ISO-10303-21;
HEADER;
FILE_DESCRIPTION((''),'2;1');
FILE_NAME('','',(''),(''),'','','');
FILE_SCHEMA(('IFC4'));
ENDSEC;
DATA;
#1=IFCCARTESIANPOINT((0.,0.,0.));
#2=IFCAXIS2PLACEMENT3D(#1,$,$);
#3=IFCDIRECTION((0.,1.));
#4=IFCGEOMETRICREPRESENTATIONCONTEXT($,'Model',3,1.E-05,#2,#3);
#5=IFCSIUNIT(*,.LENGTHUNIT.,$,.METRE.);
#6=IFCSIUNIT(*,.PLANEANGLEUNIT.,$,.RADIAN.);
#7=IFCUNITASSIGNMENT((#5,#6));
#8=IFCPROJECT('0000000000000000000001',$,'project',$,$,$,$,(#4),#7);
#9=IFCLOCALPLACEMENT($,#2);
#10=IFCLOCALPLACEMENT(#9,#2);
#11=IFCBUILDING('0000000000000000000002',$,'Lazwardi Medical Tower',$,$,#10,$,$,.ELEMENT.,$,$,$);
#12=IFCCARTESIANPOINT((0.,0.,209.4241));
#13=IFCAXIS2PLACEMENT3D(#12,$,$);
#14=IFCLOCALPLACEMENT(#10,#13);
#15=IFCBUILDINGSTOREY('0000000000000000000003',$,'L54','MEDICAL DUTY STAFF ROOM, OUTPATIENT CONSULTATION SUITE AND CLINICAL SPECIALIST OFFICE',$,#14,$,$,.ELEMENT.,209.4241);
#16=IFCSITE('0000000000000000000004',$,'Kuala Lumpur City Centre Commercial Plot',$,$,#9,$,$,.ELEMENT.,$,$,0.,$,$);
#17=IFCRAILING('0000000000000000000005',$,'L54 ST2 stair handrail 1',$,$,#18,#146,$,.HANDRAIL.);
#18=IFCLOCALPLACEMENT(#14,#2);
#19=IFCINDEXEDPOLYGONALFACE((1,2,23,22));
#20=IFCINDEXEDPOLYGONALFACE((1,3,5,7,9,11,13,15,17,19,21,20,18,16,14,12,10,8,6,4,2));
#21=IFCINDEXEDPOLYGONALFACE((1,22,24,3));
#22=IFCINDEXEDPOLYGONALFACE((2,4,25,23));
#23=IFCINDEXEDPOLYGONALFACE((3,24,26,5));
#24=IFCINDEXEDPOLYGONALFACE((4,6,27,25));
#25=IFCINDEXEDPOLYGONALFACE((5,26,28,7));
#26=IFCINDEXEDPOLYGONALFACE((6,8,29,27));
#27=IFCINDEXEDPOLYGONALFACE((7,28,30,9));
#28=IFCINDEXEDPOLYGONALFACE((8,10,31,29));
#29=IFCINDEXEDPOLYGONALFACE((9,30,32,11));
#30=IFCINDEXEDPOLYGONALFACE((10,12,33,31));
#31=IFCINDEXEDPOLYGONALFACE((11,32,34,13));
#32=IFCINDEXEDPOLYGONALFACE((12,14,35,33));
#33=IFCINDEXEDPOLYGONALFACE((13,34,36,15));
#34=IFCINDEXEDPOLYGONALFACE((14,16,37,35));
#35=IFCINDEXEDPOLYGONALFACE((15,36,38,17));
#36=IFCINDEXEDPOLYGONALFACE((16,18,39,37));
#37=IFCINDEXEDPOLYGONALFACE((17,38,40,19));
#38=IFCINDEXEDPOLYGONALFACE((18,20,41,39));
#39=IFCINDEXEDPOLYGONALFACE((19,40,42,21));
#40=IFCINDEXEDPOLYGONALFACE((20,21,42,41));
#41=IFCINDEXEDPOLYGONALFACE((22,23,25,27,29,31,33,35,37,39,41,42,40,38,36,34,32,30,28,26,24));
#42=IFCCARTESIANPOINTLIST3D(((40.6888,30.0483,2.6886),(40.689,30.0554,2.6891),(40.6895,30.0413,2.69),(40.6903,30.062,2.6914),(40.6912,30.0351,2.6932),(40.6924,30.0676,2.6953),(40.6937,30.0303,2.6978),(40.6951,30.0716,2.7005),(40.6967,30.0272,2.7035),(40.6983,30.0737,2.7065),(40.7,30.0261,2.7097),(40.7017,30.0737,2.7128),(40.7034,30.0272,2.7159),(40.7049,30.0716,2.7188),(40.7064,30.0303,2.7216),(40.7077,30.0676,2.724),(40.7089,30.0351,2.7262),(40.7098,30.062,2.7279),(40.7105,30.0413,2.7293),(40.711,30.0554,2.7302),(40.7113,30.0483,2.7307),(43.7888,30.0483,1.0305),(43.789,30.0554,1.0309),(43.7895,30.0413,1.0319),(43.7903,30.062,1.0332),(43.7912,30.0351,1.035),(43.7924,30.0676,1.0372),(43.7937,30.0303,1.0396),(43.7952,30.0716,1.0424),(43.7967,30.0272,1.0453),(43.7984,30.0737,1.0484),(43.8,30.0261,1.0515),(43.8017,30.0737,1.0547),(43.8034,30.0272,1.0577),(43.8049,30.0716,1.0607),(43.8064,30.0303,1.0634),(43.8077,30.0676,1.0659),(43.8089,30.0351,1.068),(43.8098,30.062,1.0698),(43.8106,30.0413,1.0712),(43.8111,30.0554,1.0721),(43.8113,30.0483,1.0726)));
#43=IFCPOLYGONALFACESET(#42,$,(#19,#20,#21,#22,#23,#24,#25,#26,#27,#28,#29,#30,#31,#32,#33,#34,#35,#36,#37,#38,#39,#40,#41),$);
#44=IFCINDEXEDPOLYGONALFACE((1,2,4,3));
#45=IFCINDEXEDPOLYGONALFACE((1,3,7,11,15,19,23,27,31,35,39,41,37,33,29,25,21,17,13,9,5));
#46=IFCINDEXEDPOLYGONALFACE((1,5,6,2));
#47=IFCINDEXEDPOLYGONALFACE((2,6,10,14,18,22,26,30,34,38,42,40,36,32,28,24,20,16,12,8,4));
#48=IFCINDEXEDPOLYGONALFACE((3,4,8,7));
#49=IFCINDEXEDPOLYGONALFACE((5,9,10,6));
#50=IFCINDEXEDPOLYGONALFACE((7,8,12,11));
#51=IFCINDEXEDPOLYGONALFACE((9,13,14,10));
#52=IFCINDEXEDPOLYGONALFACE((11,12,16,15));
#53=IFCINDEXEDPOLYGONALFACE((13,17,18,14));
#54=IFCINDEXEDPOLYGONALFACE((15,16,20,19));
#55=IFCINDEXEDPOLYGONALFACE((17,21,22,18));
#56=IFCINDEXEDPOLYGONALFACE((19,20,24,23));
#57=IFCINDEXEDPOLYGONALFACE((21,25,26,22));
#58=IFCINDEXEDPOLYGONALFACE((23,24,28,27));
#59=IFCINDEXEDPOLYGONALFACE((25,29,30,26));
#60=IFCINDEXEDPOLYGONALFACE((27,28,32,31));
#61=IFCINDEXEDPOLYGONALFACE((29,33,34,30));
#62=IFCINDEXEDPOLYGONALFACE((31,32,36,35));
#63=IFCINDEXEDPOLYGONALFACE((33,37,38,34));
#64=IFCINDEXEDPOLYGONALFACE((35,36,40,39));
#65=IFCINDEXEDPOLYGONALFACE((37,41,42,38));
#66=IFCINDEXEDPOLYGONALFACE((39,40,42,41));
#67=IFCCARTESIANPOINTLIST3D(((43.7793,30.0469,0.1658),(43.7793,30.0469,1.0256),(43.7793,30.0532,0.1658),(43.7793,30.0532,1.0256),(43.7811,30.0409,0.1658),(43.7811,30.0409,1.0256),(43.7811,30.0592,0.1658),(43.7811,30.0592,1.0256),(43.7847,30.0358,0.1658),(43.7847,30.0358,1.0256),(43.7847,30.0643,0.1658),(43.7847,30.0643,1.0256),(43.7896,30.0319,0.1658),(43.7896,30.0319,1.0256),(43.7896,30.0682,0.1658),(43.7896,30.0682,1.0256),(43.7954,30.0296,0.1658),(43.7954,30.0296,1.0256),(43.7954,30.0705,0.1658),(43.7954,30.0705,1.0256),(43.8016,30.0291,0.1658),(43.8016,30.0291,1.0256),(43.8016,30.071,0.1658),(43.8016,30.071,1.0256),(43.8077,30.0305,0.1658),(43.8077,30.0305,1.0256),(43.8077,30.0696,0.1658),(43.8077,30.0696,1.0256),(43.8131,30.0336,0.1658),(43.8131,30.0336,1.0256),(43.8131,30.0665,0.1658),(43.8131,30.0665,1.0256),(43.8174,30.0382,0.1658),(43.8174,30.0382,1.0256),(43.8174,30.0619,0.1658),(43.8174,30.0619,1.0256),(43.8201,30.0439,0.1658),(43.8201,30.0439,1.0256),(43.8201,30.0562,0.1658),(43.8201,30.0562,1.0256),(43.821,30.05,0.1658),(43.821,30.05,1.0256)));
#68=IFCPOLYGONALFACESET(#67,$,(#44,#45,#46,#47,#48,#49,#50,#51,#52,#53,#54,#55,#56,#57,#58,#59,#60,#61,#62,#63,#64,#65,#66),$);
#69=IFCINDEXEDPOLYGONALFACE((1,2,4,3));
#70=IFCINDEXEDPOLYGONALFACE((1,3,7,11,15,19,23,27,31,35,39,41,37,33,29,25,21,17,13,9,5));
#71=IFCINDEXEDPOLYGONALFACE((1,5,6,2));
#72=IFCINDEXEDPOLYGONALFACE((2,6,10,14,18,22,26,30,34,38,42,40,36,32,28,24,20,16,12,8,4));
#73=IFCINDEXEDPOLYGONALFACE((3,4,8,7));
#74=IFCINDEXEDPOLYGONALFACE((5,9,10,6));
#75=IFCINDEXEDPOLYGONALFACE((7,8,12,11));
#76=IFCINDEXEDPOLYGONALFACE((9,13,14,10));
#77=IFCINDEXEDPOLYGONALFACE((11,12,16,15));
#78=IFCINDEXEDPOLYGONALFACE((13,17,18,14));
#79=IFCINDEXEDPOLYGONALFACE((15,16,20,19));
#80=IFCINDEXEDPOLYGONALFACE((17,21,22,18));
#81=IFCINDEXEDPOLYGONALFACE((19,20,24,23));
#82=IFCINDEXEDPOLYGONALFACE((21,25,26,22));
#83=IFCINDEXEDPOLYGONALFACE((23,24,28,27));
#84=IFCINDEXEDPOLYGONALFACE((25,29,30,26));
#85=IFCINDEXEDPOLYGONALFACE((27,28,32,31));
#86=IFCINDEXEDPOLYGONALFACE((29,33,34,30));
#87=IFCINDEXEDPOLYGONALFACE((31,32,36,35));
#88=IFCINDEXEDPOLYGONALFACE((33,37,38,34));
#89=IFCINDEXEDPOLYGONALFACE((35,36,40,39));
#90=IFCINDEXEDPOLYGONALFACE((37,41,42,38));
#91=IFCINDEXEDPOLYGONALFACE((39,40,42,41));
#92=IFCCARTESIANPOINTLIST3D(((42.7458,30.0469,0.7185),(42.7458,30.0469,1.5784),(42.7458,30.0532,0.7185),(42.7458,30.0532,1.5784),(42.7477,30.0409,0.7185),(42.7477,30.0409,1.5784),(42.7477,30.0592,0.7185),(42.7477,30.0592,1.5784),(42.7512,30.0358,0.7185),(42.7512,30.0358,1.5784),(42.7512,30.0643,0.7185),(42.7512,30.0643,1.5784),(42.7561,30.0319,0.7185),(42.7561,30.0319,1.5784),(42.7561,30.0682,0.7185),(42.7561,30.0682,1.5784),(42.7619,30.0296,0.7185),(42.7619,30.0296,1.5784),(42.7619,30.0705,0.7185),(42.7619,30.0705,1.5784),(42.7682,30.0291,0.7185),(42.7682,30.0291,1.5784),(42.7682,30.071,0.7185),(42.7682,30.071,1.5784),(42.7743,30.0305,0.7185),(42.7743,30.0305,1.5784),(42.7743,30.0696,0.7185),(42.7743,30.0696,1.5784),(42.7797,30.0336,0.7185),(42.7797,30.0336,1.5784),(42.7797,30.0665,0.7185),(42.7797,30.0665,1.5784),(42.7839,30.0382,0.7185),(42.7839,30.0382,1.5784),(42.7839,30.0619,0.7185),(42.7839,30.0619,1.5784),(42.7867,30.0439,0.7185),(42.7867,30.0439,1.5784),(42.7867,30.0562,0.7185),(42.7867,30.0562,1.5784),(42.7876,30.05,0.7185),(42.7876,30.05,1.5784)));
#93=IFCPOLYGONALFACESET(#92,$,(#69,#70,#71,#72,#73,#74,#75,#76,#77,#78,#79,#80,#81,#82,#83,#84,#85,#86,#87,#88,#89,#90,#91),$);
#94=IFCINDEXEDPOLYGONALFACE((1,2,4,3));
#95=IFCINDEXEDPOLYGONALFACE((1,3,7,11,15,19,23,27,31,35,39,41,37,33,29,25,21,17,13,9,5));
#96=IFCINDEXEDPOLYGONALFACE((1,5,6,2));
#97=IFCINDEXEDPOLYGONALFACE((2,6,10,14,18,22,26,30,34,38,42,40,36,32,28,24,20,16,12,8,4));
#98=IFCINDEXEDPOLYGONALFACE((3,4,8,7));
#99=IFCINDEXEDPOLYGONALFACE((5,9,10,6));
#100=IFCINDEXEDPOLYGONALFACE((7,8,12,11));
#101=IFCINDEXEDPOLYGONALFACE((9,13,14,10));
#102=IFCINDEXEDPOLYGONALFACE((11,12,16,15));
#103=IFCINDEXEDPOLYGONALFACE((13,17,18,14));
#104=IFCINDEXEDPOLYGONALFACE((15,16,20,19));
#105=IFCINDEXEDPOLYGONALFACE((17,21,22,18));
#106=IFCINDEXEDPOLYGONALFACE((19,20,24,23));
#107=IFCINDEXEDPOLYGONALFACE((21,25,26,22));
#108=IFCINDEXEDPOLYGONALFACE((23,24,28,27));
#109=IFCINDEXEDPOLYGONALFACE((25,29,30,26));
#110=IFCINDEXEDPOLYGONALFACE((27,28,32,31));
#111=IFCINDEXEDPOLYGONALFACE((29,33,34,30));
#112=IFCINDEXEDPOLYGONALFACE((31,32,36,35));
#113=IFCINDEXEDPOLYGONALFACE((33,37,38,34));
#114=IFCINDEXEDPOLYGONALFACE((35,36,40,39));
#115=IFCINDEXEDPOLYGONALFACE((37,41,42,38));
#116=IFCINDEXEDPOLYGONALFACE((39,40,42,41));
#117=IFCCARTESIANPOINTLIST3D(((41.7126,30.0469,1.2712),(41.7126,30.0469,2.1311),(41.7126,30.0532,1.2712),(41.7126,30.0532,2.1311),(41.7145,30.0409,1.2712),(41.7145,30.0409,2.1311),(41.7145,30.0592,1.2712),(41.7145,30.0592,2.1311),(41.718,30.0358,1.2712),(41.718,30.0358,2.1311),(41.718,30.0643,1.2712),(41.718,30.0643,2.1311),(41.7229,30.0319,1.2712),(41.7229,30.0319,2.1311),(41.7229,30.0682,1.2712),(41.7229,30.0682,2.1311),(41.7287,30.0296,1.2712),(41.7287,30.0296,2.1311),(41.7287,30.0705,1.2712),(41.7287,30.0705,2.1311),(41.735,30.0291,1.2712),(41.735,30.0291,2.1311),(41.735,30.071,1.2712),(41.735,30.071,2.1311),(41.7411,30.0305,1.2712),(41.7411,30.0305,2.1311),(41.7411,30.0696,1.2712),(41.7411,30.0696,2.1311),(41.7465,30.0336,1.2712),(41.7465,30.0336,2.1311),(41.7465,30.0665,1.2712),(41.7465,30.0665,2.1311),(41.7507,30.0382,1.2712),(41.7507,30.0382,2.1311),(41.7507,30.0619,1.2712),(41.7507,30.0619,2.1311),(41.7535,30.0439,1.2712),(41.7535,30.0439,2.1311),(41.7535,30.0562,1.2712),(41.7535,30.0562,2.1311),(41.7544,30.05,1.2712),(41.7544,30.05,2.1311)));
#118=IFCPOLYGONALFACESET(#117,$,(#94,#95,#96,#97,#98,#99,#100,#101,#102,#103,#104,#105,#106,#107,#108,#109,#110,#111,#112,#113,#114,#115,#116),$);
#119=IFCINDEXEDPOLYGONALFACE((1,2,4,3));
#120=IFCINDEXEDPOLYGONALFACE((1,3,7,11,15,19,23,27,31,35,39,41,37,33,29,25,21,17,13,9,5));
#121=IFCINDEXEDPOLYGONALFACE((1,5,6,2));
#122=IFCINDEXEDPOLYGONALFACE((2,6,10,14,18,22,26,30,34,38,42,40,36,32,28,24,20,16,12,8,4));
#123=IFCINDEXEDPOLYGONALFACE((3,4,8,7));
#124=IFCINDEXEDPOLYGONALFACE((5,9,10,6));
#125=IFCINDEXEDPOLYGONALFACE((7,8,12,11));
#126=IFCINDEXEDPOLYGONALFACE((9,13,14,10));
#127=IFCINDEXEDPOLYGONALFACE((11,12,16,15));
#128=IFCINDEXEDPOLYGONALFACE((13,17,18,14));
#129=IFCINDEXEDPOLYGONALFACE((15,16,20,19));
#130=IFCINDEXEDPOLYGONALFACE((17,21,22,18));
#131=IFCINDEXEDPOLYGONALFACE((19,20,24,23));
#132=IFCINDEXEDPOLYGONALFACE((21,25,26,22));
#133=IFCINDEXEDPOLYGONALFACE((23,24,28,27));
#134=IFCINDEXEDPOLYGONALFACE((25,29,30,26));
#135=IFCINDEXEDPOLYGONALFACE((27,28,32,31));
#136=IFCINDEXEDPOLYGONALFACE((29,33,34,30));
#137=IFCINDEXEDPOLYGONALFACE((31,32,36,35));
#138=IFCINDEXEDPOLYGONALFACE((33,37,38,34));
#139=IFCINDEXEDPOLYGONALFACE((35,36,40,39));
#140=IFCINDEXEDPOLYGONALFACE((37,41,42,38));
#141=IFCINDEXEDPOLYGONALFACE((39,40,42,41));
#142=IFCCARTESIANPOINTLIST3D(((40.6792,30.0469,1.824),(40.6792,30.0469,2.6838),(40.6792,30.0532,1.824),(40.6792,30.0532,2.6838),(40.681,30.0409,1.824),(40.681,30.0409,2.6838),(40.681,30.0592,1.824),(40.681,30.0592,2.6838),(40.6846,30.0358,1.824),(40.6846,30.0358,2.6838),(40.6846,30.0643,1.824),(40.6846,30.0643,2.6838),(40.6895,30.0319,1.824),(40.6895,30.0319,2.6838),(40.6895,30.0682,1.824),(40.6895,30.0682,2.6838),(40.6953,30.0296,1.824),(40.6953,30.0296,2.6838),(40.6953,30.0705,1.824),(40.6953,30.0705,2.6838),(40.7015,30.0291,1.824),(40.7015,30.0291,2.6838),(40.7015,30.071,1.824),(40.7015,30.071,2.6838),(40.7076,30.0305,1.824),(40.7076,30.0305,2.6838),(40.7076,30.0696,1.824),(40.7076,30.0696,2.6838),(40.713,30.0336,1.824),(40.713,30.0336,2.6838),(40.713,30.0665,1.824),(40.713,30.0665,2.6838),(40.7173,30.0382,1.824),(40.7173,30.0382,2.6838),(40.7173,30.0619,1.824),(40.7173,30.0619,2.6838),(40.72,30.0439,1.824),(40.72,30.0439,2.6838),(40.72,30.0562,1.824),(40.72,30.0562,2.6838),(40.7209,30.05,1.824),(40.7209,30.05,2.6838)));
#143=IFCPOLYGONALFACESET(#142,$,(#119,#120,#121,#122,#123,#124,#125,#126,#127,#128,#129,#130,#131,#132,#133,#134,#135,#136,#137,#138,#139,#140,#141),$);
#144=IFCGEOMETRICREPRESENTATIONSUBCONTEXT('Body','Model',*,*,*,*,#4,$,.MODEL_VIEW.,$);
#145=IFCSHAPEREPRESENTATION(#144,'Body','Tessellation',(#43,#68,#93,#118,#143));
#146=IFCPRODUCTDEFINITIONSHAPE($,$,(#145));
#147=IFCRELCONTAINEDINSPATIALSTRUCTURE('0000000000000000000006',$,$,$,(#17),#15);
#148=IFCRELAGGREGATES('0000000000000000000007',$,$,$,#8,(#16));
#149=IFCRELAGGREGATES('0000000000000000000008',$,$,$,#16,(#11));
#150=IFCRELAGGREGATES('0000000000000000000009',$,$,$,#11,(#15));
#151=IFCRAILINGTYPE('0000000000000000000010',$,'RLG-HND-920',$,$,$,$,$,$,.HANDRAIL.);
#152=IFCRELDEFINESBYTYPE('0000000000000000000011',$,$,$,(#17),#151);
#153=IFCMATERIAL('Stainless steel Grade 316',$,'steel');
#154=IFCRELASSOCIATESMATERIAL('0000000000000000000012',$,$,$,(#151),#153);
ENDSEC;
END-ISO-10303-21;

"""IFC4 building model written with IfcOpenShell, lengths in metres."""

from ifc_helpers import new_model, si_unit, direction, frame, origin, origin_2d, place, context, subcontext, project, spatial, circle, extrude, material, type_object, element, save


model = new_model("IFC4")

# Units and contexts
model_context = context("Model", 3, precision=1e-05, world=origin(), true_north=direction((0.0, 1.0)))
body_context = subcontext(model_context, "Body", "Model", "MODEL_VIEW")
ifc_project = project(units=[si_unit("LENGTHUNIT", "METRE"), si_unit("PLANEANGLEUNIT", "RADIAN")], contexts=[model_context])

# Site, building, storey
site_placement = place(None, origin())
site = spatial("IfcSite", under=ifc_project, at=site_placement, Name="Kuala Lumpur City Centre Commercial Plot", CompositionType="ELEMENT", RefElevation=0.0)
building_placement = place(site_placement, origin())
building = spatial("IfcBuilding", under=site, at=building_placement, Name="Lazwardi Medical Tower", CompositionType="ELEMENT")
storey_placement = place(building_placement, frame((0.0, 0.0, 209.4241)))
storey = spatial("IfcBuildingStorey", under=building, at=storey_placement, Name="L54", Description="MEDICAL DUTY STAFF ROOM, OUTPATIENT CONSULTATION SUITE AND CLINICAL SPECIALIST OFFICE", CompositionType="ELEMENT", Elevation=209.4241)

# Railing
ifc_material_1 = material(Name="Stainless steel Grade 316", Category="steel")
railing_type_1 = type_object("IfcRailingType", Name="RLG-HND-920", PredefinedType="HANDRAIL", material=ifc_material_1)
railing_1_placement = place(storey_placement, frame((43.8, 30.05, 0.1658)))
element("IfcRailing", 1, at=railing_1_placement, inside=storey, type_object=railing_type_1, Name="L54 ST2 stair handrail 1", PredefinedType="HANDRAIL", context=body_context, shape_type="SweptSolid", body=[
    extrude(circle(Radius=0.0239, at=origin_2d()), frame((0.0, 0.0, 0.8857), z_axis=(-0.881783, 0.0, 0.471655), x_axis=(0.0, -1.0, 0.0)), (0.0, 0.0, 1.0), 3.5156),
    extrude(circle(Radius=0.021, at=origin_2d()), origin(), (0.0, 0.0, 1.0), 0.8599),
    extrude(circle(Radius=0.021, at=origin_2d()), frame((-1.0334, 0.0, 0.5527)), (0.0, 0.0, 1.0), 0.8599),
    extrude(circle(Radius=0.021, at=origin_2d()), frame((-2.0667, 0.0, 1.1055)), (0.0, 0.0, 1.0), 0.8599),
    extrude(circle(Radius=0.021, at=origin_2d()), frame((-3.1001, 0.0, 1.6582)), (0.0, 0.0, 1.0), 0.8599),
])

save(model, "model.ifc")
